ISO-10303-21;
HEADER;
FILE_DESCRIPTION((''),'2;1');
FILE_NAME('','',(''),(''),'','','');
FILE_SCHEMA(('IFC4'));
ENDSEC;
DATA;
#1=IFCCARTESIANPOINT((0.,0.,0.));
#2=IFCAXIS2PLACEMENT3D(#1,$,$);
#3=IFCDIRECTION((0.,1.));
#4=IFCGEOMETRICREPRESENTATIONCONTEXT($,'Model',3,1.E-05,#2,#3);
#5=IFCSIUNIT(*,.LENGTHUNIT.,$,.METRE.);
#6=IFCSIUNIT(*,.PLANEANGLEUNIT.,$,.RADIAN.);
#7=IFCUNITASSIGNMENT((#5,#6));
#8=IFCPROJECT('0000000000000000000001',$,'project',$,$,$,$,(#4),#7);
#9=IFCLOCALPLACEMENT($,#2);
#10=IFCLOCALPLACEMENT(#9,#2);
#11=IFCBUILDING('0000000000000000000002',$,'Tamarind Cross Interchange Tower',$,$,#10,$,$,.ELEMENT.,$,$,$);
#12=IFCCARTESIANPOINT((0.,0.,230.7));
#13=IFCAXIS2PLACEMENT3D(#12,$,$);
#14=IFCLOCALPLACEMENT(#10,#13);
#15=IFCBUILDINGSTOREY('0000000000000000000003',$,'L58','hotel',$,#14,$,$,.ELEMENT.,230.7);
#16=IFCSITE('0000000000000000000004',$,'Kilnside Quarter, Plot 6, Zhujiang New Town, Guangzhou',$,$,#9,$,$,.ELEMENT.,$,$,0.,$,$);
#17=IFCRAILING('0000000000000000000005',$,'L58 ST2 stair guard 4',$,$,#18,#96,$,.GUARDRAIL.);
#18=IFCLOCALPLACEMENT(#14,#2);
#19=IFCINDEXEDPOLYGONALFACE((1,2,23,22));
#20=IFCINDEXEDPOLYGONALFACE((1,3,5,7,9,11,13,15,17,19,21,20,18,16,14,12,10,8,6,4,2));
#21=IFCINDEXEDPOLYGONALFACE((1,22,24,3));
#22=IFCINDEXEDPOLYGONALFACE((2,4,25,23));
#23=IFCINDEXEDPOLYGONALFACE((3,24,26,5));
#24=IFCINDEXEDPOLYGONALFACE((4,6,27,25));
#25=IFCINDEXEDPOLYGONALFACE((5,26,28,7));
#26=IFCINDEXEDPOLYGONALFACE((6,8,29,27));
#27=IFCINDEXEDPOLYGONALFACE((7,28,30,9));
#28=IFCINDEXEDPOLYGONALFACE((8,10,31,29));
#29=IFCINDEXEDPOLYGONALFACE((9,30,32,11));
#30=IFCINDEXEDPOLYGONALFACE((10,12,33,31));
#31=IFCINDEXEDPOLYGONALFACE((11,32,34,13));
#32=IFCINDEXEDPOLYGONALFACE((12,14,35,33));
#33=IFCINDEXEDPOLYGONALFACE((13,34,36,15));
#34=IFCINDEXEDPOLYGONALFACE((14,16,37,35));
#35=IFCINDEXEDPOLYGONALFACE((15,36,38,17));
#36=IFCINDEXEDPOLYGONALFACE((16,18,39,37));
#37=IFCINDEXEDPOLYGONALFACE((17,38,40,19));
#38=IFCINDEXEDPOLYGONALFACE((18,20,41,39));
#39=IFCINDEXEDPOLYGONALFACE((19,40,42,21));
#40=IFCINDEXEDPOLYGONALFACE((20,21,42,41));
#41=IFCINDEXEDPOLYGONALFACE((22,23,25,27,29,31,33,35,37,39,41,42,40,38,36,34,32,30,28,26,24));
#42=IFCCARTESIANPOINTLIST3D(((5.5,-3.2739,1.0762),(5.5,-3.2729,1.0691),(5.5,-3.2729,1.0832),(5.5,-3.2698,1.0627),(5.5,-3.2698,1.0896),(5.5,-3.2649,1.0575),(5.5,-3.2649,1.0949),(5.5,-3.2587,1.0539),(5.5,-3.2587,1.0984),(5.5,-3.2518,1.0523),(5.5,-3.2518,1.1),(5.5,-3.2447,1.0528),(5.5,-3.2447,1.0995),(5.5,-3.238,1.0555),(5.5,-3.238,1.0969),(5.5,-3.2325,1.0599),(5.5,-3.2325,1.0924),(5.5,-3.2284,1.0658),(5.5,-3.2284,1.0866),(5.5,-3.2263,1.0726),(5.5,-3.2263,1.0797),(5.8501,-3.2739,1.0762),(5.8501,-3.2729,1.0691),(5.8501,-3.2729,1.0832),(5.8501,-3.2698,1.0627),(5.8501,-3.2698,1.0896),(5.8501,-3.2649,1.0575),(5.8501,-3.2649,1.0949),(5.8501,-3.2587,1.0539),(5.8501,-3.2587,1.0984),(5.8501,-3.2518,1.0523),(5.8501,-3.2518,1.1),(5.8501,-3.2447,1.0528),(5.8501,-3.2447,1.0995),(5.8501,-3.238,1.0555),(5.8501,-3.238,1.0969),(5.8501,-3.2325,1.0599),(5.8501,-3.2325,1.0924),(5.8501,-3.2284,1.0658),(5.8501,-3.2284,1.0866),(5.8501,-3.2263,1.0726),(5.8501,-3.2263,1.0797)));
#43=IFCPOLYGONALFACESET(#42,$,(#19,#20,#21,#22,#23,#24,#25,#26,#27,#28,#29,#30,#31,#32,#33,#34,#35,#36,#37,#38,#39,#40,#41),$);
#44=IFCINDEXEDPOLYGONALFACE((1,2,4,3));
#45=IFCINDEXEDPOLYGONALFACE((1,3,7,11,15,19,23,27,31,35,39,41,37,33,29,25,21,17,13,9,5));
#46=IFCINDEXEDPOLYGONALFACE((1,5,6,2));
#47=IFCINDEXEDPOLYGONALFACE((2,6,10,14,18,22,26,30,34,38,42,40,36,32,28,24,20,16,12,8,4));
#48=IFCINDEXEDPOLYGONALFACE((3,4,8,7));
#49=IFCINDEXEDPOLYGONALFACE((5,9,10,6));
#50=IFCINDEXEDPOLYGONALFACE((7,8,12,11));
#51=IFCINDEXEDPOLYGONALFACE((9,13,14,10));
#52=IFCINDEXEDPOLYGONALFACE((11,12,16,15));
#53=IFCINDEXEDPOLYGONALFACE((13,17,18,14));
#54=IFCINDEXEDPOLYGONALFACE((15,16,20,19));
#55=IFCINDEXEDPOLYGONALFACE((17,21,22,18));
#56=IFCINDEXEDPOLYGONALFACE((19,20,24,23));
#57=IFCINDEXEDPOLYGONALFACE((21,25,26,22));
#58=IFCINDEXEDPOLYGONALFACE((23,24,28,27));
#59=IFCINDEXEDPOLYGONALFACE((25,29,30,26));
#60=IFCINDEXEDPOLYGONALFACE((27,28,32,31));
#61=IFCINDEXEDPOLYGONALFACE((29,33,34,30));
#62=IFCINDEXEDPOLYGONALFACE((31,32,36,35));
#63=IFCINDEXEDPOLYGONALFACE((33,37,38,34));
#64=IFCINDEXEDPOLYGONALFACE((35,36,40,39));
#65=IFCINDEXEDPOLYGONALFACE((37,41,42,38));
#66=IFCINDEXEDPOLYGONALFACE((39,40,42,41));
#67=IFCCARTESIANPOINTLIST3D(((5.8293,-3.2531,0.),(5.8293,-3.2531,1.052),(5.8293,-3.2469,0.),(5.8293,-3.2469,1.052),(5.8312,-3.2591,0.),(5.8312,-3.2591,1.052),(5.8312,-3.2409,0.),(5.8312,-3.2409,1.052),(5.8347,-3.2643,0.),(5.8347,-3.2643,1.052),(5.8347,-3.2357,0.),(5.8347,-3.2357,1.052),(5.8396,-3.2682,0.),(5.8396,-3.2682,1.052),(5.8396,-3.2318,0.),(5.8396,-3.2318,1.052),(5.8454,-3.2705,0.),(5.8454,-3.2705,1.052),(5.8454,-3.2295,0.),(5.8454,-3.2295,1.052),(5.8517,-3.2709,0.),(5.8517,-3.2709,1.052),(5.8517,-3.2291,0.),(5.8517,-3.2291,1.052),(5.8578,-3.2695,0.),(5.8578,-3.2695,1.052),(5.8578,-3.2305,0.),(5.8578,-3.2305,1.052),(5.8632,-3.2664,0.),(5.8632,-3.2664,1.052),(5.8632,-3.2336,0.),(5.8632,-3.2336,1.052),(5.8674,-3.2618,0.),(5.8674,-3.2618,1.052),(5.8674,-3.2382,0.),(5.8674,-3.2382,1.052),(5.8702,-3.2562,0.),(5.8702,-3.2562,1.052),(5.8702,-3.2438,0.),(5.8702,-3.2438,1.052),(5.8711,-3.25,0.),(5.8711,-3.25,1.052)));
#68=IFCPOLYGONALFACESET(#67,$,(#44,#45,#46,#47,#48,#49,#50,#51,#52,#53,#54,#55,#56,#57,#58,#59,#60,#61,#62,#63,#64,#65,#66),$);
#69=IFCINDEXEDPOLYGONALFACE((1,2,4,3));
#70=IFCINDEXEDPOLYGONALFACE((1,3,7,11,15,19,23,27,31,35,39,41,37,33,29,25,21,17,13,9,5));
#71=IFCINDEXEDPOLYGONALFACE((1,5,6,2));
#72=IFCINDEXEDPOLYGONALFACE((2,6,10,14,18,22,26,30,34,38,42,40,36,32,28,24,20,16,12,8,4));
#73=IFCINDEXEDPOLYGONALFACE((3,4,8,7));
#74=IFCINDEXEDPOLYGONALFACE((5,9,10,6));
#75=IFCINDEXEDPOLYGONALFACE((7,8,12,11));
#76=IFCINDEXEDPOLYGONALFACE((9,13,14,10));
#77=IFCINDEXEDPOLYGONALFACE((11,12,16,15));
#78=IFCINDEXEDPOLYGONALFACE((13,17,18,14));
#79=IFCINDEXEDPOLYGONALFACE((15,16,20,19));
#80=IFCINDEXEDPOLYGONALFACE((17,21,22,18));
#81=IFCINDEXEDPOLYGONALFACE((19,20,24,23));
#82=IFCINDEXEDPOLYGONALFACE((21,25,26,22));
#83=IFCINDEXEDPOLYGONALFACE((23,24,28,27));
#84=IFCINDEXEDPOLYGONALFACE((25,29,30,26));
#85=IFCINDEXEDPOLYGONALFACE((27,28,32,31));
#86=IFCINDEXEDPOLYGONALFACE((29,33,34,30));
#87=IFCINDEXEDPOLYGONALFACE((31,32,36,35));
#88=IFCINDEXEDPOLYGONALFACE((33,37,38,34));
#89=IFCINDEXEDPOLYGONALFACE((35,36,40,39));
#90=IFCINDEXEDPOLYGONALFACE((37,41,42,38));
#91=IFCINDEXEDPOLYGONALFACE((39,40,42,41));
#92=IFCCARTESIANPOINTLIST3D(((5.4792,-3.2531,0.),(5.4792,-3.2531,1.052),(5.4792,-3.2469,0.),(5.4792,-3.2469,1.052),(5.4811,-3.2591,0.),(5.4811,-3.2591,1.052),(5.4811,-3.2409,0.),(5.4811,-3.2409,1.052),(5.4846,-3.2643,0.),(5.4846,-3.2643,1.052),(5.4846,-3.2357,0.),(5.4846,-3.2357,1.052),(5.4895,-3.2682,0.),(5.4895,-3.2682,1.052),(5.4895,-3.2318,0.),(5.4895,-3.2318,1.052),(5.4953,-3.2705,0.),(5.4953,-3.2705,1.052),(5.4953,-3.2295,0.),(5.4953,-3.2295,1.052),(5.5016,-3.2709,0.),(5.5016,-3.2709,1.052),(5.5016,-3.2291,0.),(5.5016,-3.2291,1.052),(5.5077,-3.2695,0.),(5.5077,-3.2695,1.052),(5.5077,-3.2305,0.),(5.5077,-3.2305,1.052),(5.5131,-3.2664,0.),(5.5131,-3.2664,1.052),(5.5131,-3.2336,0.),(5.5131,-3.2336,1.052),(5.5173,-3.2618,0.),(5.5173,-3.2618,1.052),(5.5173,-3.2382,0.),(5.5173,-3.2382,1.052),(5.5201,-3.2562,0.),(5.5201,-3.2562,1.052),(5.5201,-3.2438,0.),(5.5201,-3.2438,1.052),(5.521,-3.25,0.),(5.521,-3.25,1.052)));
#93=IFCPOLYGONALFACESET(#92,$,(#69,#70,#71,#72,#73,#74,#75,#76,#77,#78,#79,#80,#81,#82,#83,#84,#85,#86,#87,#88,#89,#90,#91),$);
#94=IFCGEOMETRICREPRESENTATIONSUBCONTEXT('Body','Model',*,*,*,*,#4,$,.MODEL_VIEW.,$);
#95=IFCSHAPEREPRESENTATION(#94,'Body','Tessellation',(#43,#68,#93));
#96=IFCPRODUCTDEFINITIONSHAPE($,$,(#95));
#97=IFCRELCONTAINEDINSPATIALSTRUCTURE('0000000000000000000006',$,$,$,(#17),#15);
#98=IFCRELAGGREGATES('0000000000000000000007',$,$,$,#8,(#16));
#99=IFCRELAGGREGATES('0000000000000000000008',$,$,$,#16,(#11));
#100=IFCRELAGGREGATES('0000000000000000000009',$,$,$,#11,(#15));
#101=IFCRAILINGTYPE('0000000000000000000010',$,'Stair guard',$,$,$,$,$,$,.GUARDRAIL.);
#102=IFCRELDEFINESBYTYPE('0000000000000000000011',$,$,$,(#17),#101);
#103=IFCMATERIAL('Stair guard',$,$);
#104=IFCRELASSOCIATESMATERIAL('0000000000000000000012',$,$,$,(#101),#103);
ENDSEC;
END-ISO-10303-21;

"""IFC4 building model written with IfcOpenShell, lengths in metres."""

from ifc_helpers import new_model, si_unit, direction, frame, origin, origin_2d, place, context, subcontext, project, spatial, circle, extrude, material, type_object, element, save


model = new_model("IFC4")

# Units and contexts
model_context = context("Model", 3, precision=1e-05, world=origin(), true_north=direction((0.0, 1.0)))
body_context = subcontext(model_context, "Body", "Model", "MODEL_VIEW")
ifc_project = project(units=[si_unit("LENGTHUNIT", "METRE"), si_unit("PLANEANGLEUNIT", "RADIAN")], contexts=[model_context])

# Site, building, storey
site_placement = place(None, origin())
site = spatial("IfcSite", under=ifc_project, at=site_placement, Name="Kilnside Quarter, Plot 6, Zhujiang New Town, Guangzhou", CompositionType="ELEMENT", RefElevation=0.0)
building_placement = place(site_placement, origin())
building = spatial("IfcBuilding", under=site, at=building_placement, Name="Tamarind Cross Interchange Tower", CompositionType="ELEMENT")
storey_placement = place(building_placement, frame((0.0, 0.0, 230.7)))
storey = spatial("IfcBuildingStorey", under=building, at=storey_placement, Name="L58", Description="hotel", CompositionType="ELEMENT", Elevation=230.7)

# Railing
ifc_material_1 = material(Name="Stair guard")
railing_type = type_object("IfcRailingType", Name="Stair guard", PredefinedType="GUARDRAIL", material=ifc_material_1)
railing_1_placement = place(storey_placement, frame((5.8501, -3.25, 0.0)))
element("IfcRailing", 1, at=railing_1_placement, inside=storey, type_object=railing_type, Name="L58 ST2 stair guard 4", PredefinedType="GUARDRAIL", context=body_context, shape_type="SweptSolid", body=[
    extrude(circle(Radius=0.0239, at=origin_2d()), frame((0.0, 0.0, 1.0762), z_axis=(-1.0, 0.0, 0.0), x_axis=(0.0, -1.0, 0.0)), (0.0, 0.0, 1.0), 0.3501),
    extrude(circle(Radius=0.021, at=origin_2d()), origin(), (0.0, 0.0, 1.0), 1.052),
    extrude(circle(Radius=0.021, at=origin_2d()), frame((-0.3501, 0.0, 0.0)), (0.0, 0.0, 1.0), 1.052),
])

save(model, "model.ifc")
